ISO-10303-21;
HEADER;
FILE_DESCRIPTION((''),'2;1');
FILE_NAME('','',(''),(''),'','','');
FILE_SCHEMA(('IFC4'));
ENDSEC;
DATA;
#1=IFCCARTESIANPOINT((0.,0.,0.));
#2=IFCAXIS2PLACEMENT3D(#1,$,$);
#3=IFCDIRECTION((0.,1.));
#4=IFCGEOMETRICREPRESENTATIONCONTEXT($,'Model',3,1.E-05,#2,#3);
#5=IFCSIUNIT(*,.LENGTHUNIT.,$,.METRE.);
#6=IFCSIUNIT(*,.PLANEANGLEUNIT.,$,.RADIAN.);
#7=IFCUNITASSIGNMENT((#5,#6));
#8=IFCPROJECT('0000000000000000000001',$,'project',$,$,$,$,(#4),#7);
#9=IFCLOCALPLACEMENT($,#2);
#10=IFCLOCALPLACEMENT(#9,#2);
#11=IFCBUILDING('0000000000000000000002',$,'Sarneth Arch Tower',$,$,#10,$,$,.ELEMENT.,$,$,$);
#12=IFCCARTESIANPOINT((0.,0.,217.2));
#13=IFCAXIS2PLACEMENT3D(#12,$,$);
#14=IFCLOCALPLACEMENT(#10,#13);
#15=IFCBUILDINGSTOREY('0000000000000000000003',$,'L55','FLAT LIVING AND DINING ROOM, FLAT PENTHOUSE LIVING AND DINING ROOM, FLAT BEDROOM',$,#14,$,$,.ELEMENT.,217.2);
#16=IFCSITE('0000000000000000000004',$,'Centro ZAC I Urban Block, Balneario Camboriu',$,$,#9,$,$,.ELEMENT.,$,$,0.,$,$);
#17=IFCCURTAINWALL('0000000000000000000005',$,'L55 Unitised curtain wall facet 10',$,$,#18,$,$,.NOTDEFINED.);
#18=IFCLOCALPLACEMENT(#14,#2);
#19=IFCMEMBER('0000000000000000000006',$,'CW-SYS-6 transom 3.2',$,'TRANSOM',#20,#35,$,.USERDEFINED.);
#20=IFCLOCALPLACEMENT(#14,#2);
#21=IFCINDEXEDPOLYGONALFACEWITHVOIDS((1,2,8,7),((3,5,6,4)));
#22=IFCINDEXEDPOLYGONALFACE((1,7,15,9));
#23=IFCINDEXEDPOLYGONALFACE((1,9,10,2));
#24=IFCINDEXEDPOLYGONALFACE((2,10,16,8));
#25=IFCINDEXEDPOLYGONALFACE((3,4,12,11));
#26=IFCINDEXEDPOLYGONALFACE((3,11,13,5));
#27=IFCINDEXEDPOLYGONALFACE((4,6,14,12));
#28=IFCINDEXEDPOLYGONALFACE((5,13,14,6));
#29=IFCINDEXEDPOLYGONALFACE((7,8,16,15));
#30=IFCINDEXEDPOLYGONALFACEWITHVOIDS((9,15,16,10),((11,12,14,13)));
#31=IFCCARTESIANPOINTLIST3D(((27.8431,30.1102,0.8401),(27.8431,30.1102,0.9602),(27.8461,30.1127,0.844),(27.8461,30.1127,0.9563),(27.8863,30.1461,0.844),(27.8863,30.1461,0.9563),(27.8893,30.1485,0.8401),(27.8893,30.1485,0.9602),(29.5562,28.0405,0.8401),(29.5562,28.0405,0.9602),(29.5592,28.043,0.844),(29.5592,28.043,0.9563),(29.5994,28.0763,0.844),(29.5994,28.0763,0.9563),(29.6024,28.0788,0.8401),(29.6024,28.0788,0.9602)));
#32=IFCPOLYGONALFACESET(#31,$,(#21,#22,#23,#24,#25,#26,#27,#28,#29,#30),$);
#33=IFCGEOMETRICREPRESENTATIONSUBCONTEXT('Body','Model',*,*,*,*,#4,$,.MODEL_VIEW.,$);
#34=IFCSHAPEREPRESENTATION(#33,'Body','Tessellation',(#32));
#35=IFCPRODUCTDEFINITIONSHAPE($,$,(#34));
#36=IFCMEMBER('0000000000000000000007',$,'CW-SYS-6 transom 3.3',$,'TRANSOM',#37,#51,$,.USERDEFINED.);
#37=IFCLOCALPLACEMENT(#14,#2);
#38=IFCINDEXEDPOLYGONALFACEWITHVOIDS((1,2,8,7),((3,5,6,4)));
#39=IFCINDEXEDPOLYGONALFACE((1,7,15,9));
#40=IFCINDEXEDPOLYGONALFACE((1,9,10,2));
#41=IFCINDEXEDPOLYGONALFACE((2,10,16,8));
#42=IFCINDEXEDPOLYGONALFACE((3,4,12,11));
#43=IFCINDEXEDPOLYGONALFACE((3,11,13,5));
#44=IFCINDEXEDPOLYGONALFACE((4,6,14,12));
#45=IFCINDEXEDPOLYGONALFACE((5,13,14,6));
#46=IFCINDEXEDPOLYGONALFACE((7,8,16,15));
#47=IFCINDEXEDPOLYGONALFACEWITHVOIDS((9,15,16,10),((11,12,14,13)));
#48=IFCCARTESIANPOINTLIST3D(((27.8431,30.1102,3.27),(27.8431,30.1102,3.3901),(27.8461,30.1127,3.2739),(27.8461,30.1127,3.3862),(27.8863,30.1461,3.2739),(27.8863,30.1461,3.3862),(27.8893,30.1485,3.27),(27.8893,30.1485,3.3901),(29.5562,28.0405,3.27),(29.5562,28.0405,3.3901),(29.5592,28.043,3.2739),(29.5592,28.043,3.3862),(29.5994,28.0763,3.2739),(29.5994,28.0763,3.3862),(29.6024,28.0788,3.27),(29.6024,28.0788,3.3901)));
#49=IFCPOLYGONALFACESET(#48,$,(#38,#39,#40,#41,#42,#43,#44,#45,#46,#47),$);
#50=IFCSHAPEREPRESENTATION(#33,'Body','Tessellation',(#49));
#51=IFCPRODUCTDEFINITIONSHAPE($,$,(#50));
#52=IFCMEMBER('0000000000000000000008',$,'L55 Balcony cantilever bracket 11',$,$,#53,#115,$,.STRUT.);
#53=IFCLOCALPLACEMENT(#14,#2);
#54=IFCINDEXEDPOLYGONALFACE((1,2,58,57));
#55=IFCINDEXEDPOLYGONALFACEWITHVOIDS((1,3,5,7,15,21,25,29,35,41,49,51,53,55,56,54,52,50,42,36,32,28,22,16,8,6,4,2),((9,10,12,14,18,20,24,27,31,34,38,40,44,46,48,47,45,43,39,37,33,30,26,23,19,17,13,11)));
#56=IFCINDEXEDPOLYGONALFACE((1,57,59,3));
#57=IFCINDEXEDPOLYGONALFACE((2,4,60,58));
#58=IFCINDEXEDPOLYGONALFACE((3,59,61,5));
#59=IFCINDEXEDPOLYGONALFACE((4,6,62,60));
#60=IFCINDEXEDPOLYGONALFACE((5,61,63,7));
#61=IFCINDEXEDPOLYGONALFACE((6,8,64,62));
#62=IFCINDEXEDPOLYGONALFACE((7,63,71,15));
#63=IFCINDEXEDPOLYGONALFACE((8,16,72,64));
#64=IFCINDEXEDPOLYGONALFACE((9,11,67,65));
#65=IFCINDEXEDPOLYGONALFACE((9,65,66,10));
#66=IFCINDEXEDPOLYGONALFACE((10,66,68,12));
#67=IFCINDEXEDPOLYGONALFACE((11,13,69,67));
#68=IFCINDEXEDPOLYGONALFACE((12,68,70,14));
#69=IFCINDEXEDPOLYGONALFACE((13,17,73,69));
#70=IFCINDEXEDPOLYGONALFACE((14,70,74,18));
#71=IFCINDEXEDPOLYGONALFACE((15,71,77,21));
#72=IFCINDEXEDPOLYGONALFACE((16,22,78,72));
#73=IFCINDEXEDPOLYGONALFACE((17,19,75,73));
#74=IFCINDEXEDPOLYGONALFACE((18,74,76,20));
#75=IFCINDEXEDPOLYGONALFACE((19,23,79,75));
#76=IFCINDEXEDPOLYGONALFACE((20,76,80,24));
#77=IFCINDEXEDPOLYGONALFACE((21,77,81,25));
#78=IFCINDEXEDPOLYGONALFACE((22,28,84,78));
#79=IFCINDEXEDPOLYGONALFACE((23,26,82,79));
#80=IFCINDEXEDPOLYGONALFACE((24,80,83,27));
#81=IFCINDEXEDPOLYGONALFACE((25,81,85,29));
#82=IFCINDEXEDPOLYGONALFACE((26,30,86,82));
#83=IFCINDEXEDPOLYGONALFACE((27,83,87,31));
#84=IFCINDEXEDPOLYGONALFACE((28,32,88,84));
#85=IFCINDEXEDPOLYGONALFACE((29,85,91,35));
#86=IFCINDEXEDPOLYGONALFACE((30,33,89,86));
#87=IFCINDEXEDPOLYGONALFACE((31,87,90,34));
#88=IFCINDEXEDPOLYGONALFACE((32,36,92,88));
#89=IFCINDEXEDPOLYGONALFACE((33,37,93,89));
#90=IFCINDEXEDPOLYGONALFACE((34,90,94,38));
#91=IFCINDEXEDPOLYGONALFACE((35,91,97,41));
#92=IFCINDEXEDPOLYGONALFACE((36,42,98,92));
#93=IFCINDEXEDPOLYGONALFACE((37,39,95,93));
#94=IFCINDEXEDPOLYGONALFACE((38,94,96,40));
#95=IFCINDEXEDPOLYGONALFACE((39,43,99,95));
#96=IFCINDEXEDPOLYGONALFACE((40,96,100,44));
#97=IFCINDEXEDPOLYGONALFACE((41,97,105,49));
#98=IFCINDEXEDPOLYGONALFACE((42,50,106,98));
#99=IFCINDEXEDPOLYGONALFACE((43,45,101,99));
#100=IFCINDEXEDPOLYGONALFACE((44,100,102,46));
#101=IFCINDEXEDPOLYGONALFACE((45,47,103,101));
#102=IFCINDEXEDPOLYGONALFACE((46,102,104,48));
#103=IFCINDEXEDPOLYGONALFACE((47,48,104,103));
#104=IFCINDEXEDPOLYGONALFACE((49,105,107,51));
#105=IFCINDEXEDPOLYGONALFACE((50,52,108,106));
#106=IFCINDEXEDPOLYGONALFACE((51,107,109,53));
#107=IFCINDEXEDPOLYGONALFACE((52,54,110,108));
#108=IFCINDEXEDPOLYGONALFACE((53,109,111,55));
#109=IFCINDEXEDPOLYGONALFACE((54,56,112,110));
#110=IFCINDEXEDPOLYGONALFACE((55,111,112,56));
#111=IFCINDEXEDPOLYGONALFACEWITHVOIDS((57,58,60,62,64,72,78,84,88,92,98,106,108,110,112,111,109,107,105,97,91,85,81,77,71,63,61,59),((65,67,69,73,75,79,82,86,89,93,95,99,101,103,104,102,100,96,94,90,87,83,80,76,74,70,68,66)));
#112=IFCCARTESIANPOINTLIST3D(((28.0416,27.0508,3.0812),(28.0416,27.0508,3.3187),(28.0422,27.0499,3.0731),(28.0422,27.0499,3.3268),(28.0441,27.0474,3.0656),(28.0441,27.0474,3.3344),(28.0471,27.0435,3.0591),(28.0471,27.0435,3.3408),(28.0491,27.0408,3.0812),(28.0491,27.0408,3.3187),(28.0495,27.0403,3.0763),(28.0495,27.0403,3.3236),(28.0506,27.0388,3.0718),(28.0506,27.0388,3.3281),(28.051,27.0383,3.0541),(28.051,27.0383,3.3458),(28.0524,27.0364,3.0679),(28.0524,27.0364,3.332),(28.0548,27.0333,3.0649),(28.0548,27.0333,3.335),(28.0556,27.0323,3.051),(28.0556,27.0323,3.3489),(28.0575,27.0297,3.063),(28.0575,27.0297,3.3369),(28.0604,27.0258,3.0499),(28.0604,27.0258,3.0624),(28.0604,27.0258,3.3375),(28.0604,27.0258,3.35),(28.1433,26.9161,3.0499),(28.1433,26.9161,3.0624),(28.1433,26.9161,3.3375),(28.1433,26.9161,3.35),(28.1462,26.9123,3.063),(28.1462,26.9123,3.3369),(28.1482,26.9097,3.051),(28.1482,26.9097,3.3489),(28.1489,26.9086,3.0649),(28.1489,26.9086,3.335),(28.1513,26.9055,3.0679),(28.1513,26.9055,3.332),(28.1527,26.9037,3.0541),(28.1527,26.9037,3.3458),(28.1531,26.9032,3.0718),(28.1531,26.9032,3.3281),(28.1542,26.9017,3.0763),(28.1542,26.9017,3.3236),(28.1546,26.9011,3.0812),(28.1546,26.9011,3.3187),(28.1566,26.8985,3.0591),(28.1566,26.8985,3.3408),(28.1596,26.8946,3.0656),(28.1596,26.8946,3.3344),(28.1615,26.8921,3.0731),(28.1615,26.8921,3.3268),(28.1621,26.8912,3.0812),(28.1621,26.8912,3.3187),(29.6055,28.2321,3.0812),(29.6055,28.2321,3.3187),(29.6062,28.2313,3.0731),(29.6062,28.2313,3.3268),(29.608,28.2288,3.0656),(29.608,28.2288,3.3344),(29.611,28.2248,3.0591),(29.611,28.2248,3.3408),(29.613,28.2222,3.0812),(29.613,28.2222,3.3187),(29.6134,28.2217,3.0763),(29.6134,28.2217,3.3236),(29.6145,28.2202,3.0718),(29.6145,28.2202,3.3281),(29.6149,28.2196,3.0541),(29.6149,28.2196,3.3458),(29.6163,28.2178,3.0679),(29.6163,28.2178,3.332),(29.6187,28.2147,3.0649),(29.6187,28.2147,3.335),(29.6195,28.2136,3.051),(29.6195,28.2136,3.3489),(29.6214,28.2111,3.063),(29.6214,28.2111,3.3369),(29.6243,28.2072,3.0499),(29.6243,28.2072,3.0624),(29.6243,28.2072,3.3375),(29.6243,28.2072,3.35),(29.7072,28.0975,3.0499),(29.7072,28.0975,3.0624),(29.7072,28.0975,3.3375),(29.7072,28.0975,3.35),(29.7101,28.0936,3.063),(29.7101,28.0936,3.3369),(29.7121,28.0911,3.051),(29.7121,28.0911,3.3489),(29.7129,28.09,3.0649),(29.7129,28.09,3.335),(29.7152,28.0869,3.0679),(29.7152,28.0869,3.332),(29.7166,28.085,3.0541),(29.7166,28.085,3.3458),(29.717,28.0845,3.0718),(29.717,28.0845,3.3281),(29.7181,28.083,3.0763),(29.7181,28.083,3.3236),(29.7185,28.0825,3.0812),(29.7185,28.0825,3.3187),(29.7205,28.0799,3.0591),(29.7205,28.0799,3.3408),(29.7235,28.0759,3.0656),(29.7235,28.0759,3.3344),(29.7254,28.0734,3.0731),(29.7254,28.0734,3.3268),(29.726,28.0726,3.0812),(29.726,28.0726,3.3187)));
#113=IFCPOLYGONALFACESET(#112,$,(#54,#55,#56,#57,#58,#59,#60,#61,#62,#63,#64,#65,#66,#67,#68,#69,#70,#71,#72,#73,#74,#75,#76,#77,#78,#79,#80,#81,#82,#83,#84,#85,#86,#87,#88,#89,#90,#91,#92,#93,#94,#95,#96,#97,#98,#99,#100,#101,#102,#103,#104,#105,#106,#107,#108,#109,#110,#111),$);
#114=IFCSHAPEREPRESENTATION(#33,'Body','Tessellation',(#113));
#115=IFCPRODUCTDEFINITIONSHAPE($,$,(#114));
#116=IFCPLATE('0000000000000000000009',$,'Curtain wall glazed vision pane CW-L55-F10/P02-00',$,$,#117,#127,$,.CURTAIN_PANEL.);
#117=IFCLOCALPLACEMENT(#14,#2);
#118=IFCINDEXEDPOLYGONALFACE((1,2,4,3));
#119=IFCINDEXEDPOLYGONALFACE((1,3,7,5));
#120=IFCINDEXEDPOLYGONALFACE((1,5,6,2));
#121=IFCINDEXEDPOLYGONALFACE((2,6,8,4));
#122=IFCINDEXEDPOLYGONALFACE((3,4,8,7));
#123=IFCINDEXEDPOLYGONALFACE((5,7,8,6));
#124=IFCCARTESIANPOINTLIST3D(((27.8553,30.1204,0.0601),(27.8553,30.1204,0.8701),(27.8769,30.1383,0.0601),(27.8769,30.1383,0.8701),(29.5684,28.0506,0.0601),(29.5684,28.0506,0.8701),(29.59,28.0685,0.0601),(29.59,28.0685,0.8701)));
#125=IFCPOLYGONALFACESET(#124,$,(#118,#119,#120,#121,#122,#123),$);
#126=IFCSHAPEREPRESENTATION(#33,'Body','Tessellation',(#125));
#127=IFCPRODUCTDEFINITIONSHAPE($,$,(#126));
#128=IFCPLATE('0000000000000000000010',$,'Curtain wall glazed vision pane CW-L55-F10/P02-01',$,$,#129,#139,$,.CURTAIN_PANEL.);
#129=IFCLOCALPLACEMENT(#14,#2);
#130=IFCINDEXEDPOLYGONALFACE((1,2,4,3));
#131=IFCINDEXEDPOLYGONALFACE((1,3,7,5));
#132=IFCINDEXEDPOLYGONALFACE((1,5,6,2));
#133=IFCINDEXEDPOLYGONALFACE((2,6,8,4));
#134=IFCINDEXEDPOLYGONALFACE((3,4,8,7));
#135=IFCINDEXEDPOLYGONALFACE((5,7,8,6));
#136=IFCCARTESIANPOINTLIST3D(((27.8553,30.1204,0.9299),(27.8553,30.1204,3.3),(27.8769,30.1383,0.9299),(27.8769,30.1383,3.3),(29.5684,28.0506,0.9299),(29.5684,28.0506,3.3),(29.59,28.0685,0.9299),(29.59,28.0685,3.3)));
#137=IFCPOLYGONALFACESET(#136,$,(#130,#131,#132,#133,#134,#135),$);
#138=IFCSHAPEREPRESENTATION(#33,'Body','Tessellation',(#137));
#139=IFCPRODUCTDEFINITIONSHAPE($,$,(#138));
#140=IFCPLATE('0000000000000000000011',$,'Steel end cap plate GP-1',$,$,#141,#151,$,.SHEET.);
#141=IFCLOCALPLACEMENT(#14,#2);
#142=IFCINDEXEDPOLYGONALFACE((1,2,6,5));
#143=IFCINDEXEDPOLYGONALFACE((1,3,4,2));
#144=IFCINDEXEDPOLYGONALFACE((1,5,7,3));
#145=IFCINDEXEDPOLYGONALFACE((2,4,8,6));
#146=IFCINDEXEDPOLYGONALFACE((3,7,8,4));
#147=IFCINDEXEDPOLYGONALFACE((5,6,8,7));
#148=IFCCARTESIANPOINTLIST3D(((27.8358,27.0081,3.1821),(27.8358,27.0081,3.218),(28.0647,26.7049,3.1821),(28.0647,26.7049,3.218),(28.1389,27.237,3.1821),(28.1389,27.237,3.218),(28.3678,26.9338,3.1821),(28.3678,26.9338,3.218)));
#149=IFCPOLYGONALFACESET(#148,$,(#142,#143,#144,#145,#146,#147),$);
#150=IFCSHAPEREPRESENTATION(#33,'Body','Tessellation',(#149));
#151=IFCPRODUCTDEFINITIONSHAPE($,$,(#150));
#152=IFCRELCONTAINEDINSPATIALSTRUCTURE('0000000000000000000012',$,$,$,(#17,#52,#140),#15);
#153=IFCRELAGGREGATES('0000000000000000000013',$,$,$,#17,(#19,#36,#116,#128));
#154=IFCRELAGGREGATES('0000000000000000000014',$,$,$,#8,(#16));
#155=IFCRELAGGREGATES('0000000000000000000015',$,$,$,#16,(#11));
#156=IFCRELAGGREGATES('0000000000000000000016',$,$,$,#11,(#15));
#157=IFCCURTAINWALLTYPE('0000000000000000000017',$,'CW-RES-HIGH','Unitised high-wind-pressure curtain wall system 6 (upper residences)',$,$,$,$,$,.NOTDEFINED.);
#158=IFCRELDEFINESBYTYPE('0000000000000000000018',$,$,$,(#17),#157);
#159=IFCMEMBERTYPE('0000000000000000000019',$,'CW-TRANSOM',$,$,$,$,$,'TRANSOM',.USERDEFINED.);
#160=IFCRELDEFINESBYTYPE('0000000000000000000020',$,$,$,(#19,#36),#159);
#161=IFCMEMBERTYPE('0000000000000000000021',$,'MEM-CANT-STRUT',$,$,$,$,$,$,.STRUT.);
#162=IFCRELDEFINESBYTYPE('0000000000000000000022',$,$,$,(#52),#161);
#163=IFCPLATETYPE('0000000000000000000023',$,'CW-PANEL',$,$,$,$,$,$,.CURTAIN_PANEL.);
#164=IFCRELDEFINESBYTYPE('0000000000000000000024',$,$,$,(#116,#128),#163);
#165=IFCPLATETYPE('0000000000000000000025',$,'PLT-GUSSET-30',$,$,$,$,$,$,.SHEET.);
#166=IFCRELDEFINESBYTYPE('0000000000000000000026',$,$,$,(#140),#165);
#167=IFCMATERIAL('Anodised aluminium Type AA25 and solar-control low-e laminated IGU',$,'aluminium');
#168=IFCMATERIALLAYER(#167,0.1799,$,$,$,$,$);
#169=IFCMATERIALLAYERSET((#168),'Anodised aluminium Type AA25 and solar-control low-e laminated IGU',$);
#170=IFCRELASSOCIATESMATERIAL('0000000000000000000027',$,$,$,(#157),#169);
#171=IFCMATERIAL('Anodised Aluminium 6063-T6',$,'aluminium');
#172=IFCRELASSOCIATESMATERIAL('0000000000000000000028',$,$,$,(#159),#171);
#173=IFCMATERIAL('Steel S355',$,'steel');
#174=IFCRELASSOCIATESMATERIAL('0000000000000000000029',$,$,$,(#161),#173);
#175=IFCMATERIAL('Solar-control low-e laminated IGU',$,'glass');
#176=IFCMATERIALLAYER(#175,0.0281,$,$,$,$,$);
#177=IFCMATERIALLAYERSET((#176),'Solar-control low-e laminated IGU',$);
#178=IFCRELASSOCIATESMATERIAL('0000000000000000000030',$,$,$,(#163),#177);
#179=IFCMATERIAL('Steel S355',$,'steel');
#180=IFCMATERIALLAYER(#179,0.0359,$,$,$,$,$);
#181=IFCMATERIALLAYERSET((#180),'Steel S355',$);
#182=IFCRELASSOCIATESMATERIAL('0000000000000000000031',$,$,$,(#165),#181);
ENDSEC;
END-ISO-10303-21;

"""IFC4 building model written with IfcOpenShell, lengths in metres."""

from ifc_helpers import new_model, si_unit, direction, frame, origin, origin_2d, place, context, subcontext, project, spatial, rectangle, hollow_rectangle, extrude, material, layer, layer_set, material_profile, profile_set, type_object, element, aggregate, save


model = new_model("IFC4")

# Units and contexts
model_context = context("Model", 3, precision=1e-05, world=origin(), true_north=direction((0.0, 1.0)))
body_context = subcontext(model_context, "Body", "Model", "MODEL_VIEW")
ifc_project = project(units=[si_unit("LENGTHUNIT", "METRE"), si_unit("PLANEANGLEUNIT", "RADIAN")], contexts=[model_context])

# Site, building, storey
site_placement = place(None, origin())
site = spatial("IfcSite", under=ifc_project, at=site_placement, Name="Centro ZAC I Urban Block, Balneario Camboriu", CompositionType="ELEMENT", RefElevation=0.0)
building_placement = place(site_placement, origin())
building = spatial("IfcBuilding", under=site, at=building_placement, Name="Sarneth Arch Tower", CompositionType="ELEMENT")
storey_placement = place(building_placement, frame((0.0, 0.0, 217.2)))
storey = spatial("IfcBuildingStorey", under=building, at=storey_placement, Name="L55", Description="FLAT LIVING AND DINING ROOM, FLAT PENTHOUSE LIVING AND DINING ROOM, FLAT BEDROOM", CompositionType="ELEMENT", Elevation=217.2)

# Curtain wall, members
ifc_material_1 = material(Name="Anodised aluminium Type AA25 and solar-control low-e laminated IGU", Category="aluminium")
ifc_layer_1 = layer(ifc_material_1, 0.1799)
ifc_layer_set_1 = layer_set([ifc_layer_1], Name="Anodised aluminium Type AA25 and solar-control low-e laminated IGU")
curtain_wall_type = type_object("IfcCurtainWallType", Name="CW-RES-HIGH", Description="Unitised high-wind-pressure curtain wall system 6 (upper residences)", PredefinedType="NOTDEFINED", material=ifc_layer_set_1)
curtain_wall_placement = place(storey_placement, origin())
curtain_wall = element("IfcCurtainWall", 1, at=curtain_wall_placement, inside=storey, type_object=curtain_wall_type, Name="L55 Unitised curtain wall facet 10", PredefinedType="NOTDEFINED")
ifc_material_2 = material(Name="Anodised Aluminium 6063-T6", Category="aluminium")
ifc_material_profile_1 = material_profile(ifc_material_2, hollow_rectangle(XDim=0.0601, YDim=0.1201, WallThickness=0.0039, at=origin_2d()), Name="AL-TRAN-120x60x4")
ifc_profile_set_1 = profile_set([ifc_material_profile_1], Name="Anodised Aluminium 6063-T6")
member_type_1 = type_object("IfcMemberType", Name="CW-TRANSOM", ElementType="TRANSOM", PredefinedType="USERDEFINED", material=ifc_profile_set_1)
member_1_placement = place(storey_placement, frame((27.8662, 30.1294, 0.9001), z_axis=(0.637607, -0.770362, 0.0), x_axis=(0.770362, 0.637607, 0.0)))
member_1 = element("IfcMember", 2, at=member_1_placement, type_object=member_type_1, Name="CW-SYS-6 transom 3.2", ObjectType="TRANSOM", PredefinedType="USERDEFINED", context=body_context, shape_type="SweptSolid", body=[
    extrude(hollow_rectangle(XDim=0.0601, YDim=0.1201, WallThickness=0.0039, at=origin_2d()), origin(), (0.0, 0.0, 1.0), 2.6868),
])
member_2_placement = place(storey_placement, frame((27.8662, 30.1294, 3.3301), z_axis=(0.637607, -0.770362, 0.0), x_axis=(0.770362, 0.637607, 0.0)))
member_2 = element("IfcMember", 3, at=member_2_placement, type_object=member_type_1, Name="CW-SYS-6 transom 3.3", ObjectType="TRANSOM", PredefinedType="USERDEFINED", context=body_context, shape_type="SweptSolid", body=[
    extrude(hollow_rectangle(XDim=0.0601, YDim=0.1201, WallThickness=0.0039, at=origin_2d()), origin(), (0.0, 0.0, 1.0), 2.6868),
])

# Member
ifc_material_3 = material(Name="Steel S355", Category="steel")
ifc_material_profile_2 = material_profile(ifc_material_3, hollow_rectangle(XDim=0.2, YDim=0.3, WallThickness=0.0125, InnerFilletRadius=0.0188, OuterFilletRadius=0.0312, at=origin_2d()), Name="RHS300x200x12.5")
ifc_profile_set_2 = profile_set([ifc_material_profile_2], Name="Steel S355")
member_type_2 = type_object("IfcMemberType", Name="MEM-CANT-STRUT", PredefinedType="STRUT", material=ifc_profile_set_2)
member_3_placement = place(storey_placement, frame((29.6658, 28.1523, 3.2), z_axis=(-0.797933, -0.602747, 0.0), x_axis=(0.602747, -0.797933, 0.0)))
element("IfcMember", 4, at=member_3_placement, inside=storey, type_object=member_type_2, Name="L55 Balcony cantilever bracket 11", PredefinedType="STRUT", context=body_context, shape_type="SweptSolid", body=[
    extrude(hollow_rectangle(XDim=0.2, YDim=0.3, WallThickness=0.0125, InnerFilletRadius=0.0188, OuterFilletRadius=0.0312, at=origin_2d()), origin(), (0.0, 0.0, 1.0), 1.96),
])

# Plates
ifc_material_4 = material(Name="Solar-control low-e laminated IGU", Category="glass")
ifc_layer_2 = layer(ifc_material_4, 0.0281)
ifc_layer_set_2 = layer_set([ifc_layer_2], Name="Solar-control low-e laminated IGU")
plate_type_1 = type_object("IfcPlateType", Name="CW-PANEL", PredefinedType="CURTAIN_PANEL", material=ifc_layer_set_2)
plate_1_placement = place(storey_placement, frame((28.7227, 29.0945, 0.0601), z_axis=(0.0, 0.0, 1.0), x_axis=(0.63761, -0.770359, 0.0)))
plate_1 = element("IfcPlate", 5, at=plate_1_placement, type_object=plate_type_1, Name="Curtain wall glazed vision pane CW-L55-F10/P02-00", PredefinedType="CURTAIN_PANEL", context=body_context, shape_type="SweptSolid", body=[
    extrude(rectangle(XDim=2.6868, YDim=0.0281, at=origin_2d()), origin(), (0.0, 0.0, 1.0), 0.8101),
])
plate_2_placement = place(storey_placement, frame((28.7227, 29.0945, 0.9299), z_axis=(0.0, 0.0, 1.0), x_axis=(0.63761, -0.770359, 0.0)))
plate_2 = element("IfcPlate", 6, at=plate_2_placement, type_object=plate_type_1, Name="Curtain wall glazed vision pane CW-L55-F10/P02-01", PredefinedType="CURTAIN_PANEL", context=body_context, shape_type="SweptSolid", body=[
    extrude(rectangle(XDim=2.6868, YDim=0.0281, at=origin_2d()), origin(), (0.0, 0.0, 1.0), 2.3701),
])
aggregate(curtain_wall, [member_1, member_2, plate_1, plate_2])
ifc_material_5 = material(Name="Steel S355", Category="steel")
ifc_layer_3 = layer(ifc_material_5, 0.0359)
ifc_layer_set_3 = layer_set([ifc_layer_3], Name="Steel S355")
plate_type_2 = type_object("IfcPlateType", Name="PLT-GUSSET-30", PredefinedType="SHEET", material=ifc_layer_set_3)
plate_3_placement = place(storey_placement, frame((28.1018, 26.9709, 3.1821), z_axis=(0.0, 0.0, 1.0), x_axis=(-0.798005, -0.602651, 0.0)))
element("IfcPlate", 7, at=plate_3_placement, inside=storey, type_object=plate_type_2, Name="Steel end cap plate GP-1", PredefinedType="SHEET", context=body_context, shape_type="SweptSolid", body=[
    extrude(rectangle(XDim=0.3799, YDim=0.3799, at=origin_2d()), origin(), (0.0, 0.0, 1.0), 0.0359),
])

save(model, "model.ifc")
